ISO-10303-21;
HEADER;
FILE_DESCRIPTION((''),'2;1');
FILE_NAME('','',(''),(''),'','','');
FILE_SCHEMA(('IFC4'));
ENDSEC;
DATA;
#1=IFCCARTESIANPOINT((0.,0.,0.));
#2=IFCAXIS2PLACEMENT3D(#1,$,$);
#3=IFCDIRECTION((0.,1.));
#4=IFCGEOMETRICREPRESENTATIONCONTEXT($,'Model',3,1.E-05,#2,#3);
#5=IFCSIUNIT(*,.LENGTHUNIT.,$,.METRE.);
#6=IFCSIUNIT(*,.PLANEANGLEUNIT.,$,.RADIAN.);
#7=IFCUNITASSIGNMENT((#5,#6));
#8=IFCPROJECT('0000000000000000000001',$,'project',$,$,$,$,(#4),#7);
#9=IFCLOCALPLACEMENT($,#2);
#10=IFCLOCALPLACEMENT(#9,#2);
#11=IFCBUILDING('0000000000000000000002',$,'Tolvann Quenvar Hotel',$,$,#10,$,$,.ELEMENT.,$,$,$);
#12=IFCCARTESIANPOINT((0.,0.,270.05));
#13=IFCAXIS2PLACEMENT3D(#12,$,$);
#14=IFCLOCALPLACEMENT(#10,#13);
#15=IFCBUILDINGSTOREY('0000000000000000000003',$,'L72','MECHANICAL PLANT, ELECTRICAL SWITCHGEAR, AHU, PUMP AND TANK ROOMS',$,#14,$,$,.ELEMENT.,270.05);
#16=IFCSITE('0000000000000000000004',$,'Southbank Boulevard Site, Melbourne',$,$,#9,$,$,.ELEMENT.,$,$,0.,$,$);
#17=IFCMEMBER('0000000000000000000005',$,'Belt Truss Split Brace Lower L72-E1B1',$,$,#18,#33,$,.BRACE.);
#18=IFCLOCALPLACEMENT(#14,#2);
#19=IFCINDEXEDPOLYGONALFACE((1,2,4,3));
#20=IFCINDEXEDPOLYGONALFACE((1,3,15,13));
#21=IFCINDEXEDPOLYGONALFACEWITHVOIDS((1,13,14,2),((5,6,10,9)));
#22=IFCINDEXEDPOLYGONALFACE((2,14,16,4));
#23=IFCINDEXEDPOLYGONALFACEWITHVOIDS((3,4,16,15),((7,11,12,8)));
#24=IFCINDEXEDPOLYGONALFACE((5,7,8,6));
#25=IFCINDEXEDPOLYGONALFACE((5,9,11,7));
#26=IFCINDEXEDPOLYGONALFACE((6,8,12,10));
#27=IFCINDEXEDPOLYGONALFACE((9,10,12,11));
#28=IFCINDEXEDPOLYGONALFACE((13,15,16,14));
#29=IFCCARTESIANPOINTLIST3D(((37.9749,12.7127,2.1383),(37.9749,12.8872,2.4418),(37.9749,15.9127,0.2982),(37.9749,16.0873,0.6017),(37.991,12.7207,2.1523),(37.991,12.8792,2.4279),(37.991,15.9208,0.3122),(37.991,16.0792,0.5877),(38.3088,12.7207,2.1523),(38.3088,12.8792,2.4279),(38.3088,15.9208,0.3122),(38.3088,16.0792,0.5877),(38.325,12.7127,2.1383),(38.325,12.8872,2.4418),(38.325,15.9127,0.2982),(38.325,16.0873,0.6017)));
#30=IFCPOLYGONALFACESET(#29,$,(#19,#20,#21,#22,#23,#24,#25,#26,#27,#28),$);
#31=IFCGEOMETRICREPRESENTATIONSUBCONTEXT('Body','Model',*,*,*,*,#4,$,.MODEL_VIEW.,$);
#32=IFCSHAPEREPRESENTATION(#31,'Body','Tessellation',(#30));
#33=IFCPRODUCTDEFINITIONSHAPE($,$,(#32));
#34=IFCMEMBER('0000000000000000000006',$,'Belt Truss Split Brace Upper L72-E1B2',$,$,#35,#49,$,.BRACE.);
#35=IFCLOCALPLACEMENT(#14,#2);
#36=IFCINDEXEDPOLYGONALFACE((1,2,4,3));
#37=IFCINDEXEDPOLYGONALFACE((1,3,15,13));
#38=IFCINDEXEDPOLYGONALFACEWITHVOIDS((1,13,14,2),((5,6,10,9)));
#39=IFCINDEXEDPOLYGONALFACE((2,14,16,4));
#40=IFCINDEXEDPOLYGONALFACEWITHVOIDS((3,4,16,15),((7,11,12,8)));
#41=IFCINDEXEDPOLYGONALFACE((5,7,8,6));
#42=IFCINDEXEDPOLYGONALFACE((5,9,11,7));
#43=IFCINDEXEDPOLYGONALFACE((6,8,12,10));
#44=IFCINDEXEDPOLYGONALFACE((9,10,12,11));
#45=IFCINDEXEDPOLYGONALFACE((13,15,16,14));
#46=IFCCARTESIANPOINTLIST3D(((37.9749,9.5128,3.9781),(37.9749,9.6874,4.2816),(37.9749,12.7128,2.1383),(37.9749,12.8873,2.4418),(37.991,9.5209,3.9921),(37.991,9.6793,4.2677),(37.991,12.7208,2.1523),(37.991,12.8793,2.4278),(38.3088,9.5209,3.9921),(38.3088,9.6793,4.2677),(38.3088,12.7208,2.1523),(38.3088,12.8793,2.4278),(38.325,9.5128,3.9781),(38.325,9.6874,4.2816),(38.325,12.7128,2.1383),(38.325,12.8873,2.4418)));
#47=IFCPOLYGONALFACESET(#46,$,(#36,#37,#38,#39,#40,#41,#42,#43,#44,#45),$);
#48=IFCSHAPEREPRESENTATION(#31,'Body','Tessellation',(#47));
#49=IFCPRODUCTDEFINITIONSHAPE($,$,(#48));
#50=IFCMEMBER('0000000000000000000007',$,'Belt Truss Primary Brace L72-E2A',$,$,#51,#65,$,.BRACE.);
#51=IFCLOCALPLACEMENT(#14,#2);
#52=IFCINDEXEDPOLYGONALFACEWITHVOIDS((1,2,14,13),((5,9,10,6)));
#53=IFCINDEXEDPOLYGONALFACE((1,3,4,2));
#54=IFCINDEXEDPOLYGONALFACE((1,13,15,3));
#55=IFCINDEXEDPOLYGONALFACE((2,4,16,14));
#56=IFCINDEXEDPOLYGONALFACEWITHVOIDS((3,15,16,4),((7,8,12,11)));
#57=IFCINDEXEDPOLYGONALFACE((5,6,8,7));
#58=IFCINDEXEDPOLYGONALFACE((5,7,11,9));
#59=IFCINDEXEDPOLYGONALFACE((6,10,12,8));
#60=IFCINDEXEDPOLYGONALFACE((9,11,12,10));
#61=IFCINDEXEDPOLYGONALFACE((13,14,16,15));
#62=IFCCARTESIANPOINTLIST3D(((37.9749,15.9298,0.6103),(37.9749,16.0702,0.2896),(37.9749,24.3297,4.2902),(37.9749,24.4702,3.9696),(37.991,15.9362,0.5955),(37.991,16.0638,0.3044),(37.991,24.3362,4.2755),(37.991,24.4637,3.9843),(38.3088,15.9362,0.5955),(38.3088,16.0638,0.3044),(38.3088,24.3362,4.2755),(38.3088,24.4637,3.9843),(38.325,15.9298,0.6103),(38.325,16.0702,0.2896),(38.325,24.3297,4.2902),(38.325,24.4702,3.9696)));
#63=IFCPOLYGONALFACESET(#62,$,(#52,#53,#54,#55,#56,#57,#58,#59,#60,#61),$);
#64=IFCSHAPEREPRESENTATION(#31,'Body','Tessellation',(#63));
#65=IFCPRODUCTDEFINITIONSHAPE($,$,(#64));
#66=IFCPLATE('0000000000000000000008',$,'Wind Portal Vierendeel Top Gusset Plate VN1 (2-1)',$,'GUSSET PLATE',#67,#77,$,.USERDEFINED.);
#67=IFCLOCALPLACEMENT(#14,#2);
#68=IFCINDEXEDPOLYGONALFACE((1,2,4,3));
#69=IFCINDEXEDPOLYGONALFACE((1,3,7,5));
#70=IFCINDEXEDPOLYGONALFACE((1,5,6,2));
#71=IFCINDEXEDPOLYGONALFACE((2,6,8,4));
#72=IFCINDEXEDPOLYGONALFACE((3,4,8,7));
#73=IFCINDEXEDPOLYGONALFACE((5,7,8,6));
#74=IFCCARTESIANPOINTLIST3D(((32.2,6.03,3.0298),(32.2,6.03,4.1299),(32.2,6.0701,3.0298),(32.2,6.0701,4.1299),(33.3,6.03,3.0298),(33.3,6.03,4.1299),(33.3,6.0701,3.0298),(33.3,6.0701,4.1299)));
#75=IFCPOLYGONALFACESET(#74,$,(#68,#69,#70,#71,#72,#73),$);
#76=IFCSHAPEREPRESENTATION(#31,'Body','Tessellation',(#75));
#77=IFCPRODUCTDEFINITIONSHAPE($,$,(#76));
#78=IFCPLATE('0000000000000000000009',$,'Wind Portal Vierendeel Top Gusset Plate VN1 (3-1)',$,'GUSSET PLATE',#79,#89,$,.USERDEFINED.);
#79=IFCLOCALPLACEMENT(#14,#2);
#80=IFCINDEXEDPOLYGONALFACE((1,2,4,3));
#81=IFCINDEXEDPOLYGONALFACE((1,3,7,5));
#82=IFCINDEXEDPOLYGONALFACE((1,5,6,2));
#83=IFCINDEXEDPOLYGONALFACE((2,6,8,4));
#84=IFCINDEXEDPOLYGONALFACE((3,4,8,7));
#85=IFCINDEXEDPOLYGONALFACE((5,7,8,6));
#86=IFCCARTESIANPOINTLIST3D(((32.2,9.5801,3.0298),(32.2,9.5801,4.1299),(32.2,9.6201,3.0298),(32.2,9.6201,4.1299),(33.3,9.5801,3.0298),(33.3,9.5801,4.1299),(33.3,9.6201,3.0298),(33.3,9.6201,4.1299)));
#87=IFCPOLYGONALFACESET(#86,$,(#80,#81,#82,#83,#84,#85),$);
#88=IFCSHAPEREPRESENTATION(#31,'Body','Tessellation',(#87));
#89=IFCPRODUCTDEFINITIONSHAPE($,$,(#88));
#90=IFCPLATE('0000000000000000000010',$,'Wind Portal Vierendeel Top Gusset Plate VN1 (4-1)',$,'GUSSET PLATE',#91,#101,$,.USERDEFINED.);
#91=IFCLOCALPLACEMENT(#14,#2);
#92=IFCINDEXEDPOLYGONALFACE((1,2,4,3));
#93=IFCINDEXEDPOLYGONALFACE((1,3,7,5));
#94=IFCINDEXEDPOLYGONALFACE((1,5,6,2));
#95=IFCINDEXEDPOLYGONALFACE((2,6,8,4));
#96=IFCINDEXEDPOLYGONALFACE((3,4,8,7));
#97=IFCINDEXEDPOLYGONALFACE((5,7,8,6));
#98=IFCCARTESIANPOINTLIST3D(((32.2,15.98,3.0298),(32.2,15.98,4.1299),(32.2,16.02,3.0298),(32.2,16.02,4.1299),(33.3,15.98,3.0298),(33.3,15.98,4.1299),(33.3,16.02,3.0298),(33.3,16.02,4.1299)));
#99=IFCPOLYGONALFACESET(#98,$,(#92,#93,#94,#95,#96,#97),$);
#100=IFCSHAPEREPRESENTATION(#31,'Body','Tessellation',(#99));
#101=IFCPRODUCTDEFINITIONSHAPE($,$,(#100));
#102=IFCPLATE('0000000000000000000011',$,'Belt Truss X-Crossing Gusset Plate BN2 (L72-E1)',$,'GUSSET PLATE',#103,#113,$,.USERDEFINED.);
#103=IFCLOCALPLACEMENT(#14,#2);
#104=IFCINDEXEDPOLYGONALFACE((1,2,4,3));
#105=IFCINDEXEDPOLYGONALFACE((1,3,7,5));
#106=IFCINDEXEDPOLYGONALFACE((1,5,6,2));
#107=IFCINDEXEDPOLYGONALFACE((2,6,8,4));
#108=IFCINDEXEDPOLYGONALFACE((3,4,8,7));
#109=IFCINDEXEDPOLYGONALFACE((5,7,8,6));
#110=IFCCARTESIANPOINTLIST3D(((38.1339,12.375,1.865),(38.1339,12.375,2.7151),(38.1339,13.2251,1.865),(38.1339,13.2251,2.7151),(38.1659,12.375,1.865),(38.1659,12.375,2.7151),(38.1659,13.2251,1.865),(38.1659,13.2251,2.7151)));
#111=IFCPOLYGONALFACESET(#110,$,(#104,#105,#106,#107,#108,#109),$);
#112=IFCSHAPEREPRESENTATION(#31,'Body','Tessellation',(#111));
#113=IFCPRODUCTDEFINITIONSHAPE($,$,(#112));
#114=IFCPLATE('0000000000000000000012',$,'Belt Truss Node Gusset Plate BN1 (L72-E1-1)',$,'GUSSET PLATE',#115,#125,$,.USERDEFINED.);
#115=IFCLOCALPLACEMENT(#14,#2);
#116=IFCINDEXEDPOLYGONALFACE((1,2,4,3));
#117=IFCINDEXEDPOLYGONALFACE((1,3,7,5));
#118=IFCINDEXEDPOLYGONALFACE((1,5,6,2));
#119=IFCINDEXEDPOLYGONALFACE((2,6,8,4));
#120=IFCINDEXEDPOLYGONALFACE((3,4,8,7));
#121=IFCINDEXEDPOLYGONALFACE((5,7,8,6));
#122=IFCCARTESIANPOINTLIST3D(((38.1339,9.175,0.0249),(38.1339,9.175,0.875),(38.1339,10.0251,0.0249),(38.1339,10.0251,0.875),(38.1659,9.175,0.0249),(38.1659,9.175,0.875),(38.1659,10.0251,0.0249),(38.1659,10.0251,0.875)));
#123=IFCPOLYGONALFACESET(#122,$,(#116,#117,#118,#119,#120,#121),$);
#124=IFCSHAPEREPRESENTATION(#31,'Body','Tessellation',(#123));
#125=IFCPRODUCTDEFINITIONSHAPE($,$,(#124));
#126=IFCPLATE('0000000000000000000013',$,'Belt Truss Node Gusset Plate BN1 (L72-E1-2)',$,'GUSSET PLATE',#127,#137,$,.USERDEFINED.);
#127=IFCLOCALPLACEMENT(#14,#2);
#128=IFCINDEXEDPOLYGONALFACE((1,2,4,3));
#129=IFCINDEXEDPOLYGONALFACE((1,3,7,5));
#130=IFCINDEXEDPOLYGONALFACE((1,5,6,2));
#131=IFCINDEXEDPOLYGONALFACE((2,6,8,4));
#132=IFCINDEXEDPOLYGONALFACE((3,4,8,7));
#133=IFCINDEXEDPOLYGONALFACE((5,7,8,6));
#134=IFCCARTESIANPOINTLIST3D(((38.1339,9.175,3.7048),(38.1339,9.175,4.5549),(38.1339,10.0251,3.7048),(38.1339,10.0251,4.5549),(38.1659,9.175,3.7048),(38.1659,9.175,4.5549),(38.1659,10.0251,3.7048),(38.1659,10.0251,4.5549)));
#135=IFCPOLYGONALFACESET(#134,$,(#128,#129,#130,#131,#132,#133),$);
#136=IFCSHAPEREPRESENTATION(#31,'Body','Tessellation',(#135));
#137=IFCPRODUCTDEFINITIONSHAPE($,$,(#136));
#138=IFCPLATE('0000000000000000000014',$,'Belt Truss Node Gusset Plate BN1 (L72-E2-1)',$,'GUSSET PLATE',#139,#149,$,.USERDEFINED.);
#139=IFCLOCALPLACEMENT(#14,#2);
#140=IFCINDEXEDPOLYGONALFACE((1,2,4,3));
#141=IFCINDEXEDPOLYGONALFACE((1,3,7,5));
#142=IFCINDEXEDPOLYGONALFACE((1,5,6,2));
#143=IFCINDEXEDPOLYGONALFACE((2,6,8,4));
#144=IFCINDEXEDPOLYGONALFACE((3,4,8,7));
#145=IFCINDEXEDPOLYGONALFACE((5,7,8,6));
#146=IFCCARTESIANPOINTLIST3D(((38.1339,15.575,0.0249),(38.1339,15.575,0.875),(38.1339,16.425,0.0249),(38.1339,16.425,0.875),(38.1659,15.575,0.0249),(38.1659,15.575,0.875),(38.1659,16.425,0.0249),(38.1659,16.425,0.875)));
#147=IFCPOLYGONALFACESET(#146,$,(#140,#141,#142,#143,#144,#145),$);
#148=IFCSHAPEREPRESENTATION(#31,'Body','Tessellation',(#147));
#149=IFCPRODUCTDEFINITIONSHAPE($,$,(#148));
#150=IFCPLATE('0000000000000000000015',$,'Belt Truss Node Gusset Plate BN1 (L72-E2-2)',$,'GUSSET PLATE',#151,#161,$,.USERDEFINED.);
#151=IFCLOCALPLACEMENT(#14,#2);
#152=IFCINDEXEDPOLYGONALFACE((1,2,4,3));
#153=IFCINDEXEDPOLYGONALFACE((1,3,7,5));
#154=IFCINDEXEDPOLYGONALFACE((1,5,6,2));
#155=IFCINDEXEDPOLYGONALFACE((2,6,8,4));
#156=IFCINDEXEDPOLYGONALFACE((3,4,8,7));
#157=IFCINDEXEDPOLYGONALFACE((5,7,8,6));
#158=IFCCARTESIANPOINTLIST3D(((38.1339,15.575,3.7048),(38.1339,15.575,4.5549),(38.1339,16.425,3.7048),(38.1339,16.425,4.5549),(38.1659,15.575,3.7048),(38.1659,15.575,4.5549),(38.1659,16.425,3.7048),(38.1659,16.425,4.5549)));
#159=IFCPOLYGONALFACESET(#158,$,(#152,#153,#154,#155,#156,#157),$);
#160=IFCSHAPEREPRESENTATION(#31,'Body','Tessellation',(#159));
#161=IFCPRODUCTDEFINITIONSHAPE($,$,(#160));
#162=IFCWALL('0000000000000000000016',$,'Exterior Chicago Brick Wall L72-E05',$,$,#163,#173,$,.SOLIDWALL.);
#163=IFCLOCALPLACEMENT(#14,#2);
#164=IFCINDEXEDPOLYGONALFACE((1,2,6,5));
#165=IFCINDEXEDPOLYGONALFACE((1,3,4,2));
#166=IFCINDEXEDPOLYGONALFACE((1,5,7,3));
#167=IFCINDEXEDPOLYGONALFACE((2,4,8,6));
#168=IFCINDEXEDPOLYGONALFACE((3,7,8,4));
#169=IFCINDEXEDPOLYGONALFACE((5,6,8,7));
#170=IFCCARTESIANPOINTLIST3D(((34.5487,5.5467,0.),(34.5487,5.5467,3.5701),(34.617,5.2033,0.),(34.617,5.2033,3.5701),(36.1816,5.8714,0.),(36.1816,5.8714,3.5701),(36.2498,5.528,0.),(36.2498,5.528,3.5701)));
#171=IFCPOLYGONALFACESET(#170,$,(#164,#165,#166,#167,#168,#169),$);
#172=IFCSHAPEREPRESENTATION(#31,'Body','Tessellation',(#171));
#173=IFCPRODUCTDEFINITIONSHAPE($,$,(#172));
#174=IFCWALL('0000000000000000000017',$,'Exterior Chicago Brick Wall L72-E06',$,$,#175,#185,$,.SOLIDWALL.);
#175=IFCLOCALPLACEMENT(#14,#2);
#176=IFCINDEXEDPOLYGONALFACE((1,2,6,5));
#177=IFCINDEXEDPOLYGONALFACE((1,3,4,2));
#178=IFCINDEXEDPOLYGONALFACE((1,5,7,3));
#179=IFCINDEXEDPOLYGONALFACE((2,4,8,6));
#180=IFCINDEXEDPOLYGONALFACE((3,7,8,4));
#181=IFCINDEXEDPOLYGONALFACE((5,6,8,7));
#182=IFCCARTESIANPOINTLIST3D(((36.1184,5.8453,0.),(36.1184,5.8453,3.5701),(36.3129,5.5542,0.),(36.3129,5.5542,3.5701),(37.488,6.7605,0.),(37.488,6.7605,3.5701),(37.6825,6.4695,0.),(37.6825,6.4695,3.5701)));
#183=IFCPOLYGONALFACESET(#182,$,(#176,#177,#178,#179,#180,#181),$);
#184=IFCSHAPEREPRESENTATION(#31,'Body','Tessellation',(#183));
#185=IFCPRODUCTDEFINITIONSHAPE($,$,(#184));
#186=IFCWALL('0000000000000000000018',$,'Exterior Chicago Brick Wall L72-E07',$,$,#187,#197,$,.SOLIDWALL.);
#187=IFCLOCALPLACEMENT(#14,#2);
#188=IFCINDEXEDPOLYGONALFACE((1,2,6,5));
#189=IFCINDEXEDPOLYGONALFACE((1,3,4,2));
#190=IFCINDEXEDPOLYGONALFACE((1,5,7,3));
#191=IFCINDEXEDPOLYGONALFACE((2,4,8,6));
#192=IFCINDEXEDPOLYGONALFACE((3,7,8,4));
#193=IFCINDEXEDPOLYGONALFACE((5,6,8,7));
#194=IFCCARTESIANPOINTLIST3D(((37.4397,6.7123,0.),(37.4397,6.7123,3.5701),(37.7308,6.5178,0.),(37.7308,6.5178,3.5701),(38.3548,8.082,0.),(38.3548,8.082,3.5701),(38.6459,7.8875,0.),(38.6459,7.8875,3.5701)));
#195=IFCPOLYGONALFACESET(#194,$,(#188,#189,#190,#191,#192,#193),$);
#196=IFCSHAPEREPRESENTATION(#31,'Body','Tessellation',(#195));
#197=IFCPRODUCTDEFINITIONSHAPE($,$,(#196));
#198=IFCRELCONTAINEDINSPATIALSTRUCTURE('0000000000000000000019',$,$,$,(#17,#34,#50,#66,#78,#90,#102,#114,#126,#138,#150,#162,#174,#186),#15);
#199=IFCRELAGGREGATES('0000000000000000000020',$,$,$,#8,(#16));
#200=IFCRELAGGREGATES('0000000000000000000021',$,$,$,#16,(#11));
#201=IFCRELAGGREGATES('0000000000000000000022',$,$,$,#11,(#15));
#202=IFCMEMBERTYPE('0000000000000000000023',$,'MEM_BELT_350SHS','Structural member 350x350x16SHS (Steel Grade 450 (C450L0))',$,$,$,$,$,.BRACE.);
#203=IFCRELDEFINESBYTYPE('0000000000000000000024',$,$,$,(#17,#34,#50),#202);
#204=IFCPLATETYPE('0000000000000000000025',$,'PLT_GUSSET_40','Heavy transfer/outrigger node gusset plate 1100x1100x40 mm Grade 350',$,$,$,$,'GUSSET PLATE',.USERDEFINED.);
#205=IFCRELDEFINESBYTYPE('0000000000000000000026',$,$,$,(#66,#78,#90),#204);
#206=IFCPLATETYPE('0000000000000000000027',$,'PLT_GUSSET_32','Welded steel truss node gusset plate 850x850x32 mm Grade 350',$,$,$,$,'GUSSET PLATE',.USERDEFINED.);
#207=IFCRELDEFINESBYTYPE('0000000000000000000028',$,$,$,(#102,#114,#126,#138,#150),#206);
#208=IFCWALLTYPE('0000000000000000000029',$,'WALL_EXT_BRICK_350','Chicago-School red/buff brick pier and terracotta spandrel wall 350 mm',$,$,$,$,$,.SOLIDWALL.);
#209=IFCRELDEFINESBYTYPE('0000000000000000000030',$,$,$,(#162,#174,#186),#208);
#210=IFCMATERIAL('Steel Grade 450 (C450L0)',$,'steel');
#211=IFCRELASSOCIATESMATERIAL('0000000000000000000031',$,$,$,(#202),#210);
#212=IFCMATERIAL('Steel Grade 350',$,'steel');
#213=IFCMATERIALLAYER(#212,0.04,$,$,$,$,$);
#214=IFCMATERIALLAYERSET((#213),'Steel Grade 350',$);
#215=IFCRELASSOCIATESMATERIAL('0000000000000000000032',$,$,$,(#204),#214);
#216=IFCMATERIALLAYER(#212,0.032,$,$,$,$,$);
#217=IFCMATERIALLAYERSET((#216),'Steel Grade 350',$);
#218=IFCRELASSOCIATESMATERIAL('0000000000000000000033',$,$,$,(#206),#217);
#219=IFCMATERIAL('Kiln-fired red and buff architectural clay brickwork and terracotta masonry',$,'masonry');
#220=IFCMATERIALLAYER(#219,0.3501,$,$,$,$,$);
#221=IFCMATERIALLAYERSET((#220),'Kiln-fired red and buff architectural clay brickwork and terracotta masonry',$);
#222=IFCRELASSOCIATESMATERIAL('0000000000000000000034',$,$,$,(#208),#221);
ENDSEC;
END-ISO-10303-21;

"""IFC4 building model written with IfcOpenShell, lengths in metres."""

from ifc_helpers import new_model, si_unit, direction, frame, frame_2d, origin, origin_2d, place, context, subcontext, project, spatial, rectangle, hollow_rectangle, extrude, source, transform, mapped, material, layer, layer_set, material_profile, profile_set, type_object, type_shapes, element, save


model = new_model("IFC4")

# Units and contexts
model_context = context("Model", 3, precision=1e-05, world=origin(), true_north=direction((0.0, 1.0)))
body_context = subcontext(model_context, "Body", "Model", "MODEL_VIEW")
ifc_project = project(units=[si_unit("LENGTHUNIT", "METRE"), si_unit("PLANEANGLEUNIT", "RADIAN")], contexts=[model_context])

# Site, building, storey
site_placement = place(None, origin())
site = spatial("IfcSite", under=ifc_project, at=site_placement, Name="Southbank Boulevard Site, Melbourne", CompositionType="ELEMENT", RefElevation=0.0)
building_placement = place(site_placement, origin())
building = spatial("IfcBuilding", under=site, at=building_placement, Name="Tolvann Quenvar Hotel", CompositionType="ELEMENT")
storey_placement = place(building_placement, frame((0.0, 0.0, 270.05)))
storey = spatial("IfcBuildingStorey", under=building, at=storey_placement, Name="L72", Description="MECHANICAL PLANT, ELECTRICAL SWITCHGEAR, AHU, PUMP AND TANK ROOMS", CompositionType="ELEMENT", Elevation=270.05)

# Shared definitions
ifc_material_1 = material(Name="Steel Grade 350", Category="steel")

# Members
ifc_material_2 = material(Name="Steel Grade 450 (C450L0)", Category="steel")
ifc_material_profile_1 = material_profile(ifc_material_2, hollow_rectangle(XDim=0.3501, YDim=0.3501, WallThickness=0.0161, at=origin_2d()), Name="350x350x16SHS")
ifc_profile_set_1 = profile_set([ifc_material_profile_1], Name="Steel Grade 450 (C450L0)")
member_type = type_object("IfcMemberType", Name="MEM_BELT_350SHS", Description="Structural member 350x350x16SHS (Steel Grade 450 (C450L0))", PredefinedType="BRACE", material=ifc_profile_set_1)
shared_shape_1 = source(origin(), body_context, "Body", "SweptSolid", [
    extrude(hollow_rectangle(XDim=0.3501, YDim=0.3501, WallThickness=0.0161, at=origin_2d()), origin(), (0.0, 0.0, 1.0), 3.6914),
])
member_1_placement = place(storey_placement, frame((38.1499, 16.0, 0.45), z_axis=(0.0, -0.866893, 0.498495), x_axis=(1.0, 0.0, 0.0)))
element("IfcMember", 1, at=member_1_placement, inside=storey, type_object=member_type, Name="Belt Truss Split Brace Lower L72-E1B1", PredefinedType="BRACE", context=body_context, shape_type="MappedRepresentation", body=[
    mapped(shared_shape_1, transform((0.0, 0.0, 0.0), x_axis=(1.0, 0.0, 0.0), y_axis=(0.0, 1.0, 0.0), z_axis=(0.0, 0.0, 1.0), scale=1.0)),
])
shared_shape_2 = source(origin(), body_context, "Body", "SweptSolid", [
    extrude(hollow_rectangle(XDim=0.3501, YDim=0.3501, WallThickness=0.0161, at=origin_2d()), origin(), (0.0, 0.0, 1.0), 3.6912),
])
member_2_placement = place(storey_placement, frame((38.1499, 12.8, 2.29), z_axis=(0.0, -0.866921, 0.498445), x_axis=(1.0, 0.0, 0.0)))
element("IfcMember", 2, at=member_2_placement, inside=storey, type_object=member_type, Name="Belt Truss Split Brace Upper L72-E1B2", PredefinedType="BRACE", context=body_context, shape_type="MappedRepresentation", body=[
    mapped(shared_shape_2, transform((0.0, 0.0, 0.0), x_axis=(1.0, 0.0, 0.0), y_axis=(0.0, 1.0, 0.0), z_axis=(0.0, 0.0, 1.0), scale=1.0)),
])
shared_shape_3 = source(origin(), body_context, "Body", "SweptSolid", [
    extrude(hollow_rectangle(XDim=0.3501, YDim=0.3501, WallThickness=0.0161, at=origin_2d()), origin(), (0.0, 0.0, 1.0), 9.1707),
])
member_3_placement = place(storey_placement, frame((38.1499, 16.0, 0.45), z_axis=(0.0, 0.915958, 0.401274), x_axis=(-1.0, 0.0, 0.0)))
element("IfcMember", 3, at=member_3_placement, inside=storey, type_object=member_type, Name="Belt Truss Primary Brace L72-E2A", PredefinedType="BRACE", context=body_context, shape_type="MappedRepresentation", body=[
    mapped(shared_shape_3, transform((0.0, 0.0, 0.0), x_axis=(1.0, 0.0, 0.0), y_axis=(0.0, 1.0, 0.0), z_axis=(0.0, 0.0, 1.0), scale=1.0)),
])

# Plates
ifc_layer_1 = layer(ifc_material_1, 0.04)
ifc_layer_set_1 = layer_set([ifc_layer_1], Name="Steel Grade 350")
plate_type_1 = type_object("IfcPlateType", Name="PLT_GUSSET_40", Description="Heavy transfer/outrigger node gusset plate 1100x1100x40 mm Grade 350", ElementType="GUSSET PLATE", PredefinedType="USERDEFINED", material=ifc_layer_set_1)
shared_shape_4 = source(origin(), body_context, "Body", "SweptSolid", [
    extrude(rectangle(XDim=1.1001, YDim=0.04, at=origin_2d()), origin(), (0.0, 0.0, 1.0), 1.1001),
])
type_shapes(plate_type_1, [shared_shape_4])
for number, where, z_axis, x_axis, name in (
    (4, (32.75, 6.05, 3.0298), (0.0, 0.0, 1.0), (1.0, 0.0, 0.0), "Wind Portal Vierendeel Top Gusset Plate VN1 (2-1)"),
    (5, (32.75, 9.6001, 3.0298), (0.0, 0.0, 1.0), (1.0, 0.0, 0.0), "Wind Portal Vierendeel Top Gusset Plate VN1 (3-1)"),
    (6, (32.75, 16.0, 3.0298), (0.0, 0.0, 1.0), (1.0, 0.0, 0.0), "Wind Portal Vierendeel Top Gusset Plate VN1 (4-1)"),
):
    element("IfcPlate", number, at=place(storey_placement, frame(where, z_axis=z_axis, x_axis=x_axis)), inside=storey, type_object=plate_type_1, Name=name, ObjectType="GUSSET PLATE", PredefinedType="USERDEFINED", context=body_context, shape_type="MappedRepresentation", body=[
        mapped(shared_shape_4, transform((0.0, 0.0, 0.0), x_axis=(1.0, 0.0, 0.0), y_axis=(0.0, 1.0, 0.0), z_axis=(0.0, 0.0, 1.0), scale=1.0)),
    ])
ifc_layer_2 = layer(ifc_material_1, 0.032)
ifc_layer_set_2 = layer_set([ifc_layer_2], Name="Steel Grade 350")
plate_type_2 = type_object("IfcPlateType", Name="PLT_GUSSET_32", Description="Welded steel truss node gusset plate 850x850x32 mm Grade 350", ElementType="GUSSET PLATE", PredefinedType="USERDEFINED", material=ifc_layer_set_2)
shared_shape_5 = source(origin(), body_context, "Body", "SweptSolid", [
    extrude(rectangle(XDim=0.032, YDim=0.8501, at=origin_2d()), origin(), (0.0, 0.0, 1.0), 0.8501),
])
type_shapes(plate_type_2, [shared_shape_5])
for number, where, z_axis, x_axis, name in (
    (7, (38.1499, 12.8, 1.865), (0.0, 0.0, 1.0), (1.0, 0.0, 0.0), "Belt Truss X-Crossing Gusset Plate BN2 (L72-E1)"),
    (8, (38.1499, 9.6001, 0.0249), (0.0, 0.0, 1.0), (1.0, 0.0, 0.0), "Belt Truss Node Gusset Plate BN1 (L72-E1-1)"),
    (9, (38.1499, 9.6001, 3.7048), (0.0, 0.0, 1.0), (1.0, 0.0, 0.0), "Belt Truss Node Gusset Plate BN1 (L72-E1-2)"),
    (10, (38.1499, 16.0, 0.0249), (0.0, 0.0, 1.0), (1.0, 0.0, 0.0), "Belt Truss Node Gusset Plate BN1 (L72-E2-1)"),
    (11, (38.1499, 16.0, 3.7048), (0.0, 0.0, 1.0), (1.0, 0.0, 0.0), "Belt Truss Node Gusset Plate BN1 (L72-E2-2)"),
):
    element("IfcPlate", number, at=place(storey_placement, frame(where, z_axis=z_axis, x_axis=x_axis)), inside=storey, type_object=plate_type_2, Name=name, ObjectType="GUSSET PLATE", PredefinedType="USERDEFINED", context=body_context, shape_type="MappedRepresentation", body=[
        mapped(shared_shape_5, transform((0.0, 0.0, 0.0), x_axis=(1.0, 0.0, 0.0), y_axis=(0.0, 1.0, 0.0), z_axis=(0.0, 0.0, 1.0), scale=1.0)),
    ])

# Walls
ifc_material_3 = material(Name="Kiln-fired red and buff architectural clay brickwork and terracotta masonry", Category="masonry")
ifc_layer_3 = layer(ifc_material_3, 0.3501)
ifc_layer_set_3 = layer_set([ifc_layer_3], Name="Kiln-fired red and buff architectural clay brickwork and terracotta masonry")
wall_type = type_object("IfcWallType", Name="WALL_EXT_BRICK_350", Description="Chicago-School red/buff brick pier and terracotta spandrel wall 350 mm", PredefinedType="SOLIDWALL", material=ifc_layer_set_3)
wall_1_placement = place(storey_placement, frame((34.5828, 5.375, 0.0), z_axis=(0.0, 0.0, 1.0), x_axis=(0.980794, 0.195044, 0.0)))
element("IfcWall", 12, at=wall_1_placement, inside=storey, type_object=wall_type, Name="Exterior Chicago Brick Wall L72-E05", PredefinedType="SOLIDWALL", context=body_context, shape_type="SweptSolid", body=[
    extrude(rectangle(XDim=1.6648, YDim=0.3501, at=frame_2d((0.8325, 0.0))), origin(), (0.0, 0.0, 1.0), 3.5701),
])
for number, where, z_axis, x_axis, name in (
    (13, (36.2156, 5.6997, 0.0), (0.0, 0.0, 1.0), (0.831434, 0.555623, 0.0), "Exterior Chicago Brick Wall L72-E06"),
    (14, (37.5852, 6.615, 0.0), (0.0, 0.0, 1.0), (0.555521, 0.831503, 0.0), "Exterior Chicago Brick Wall L72-E07"),
):
    element("IfcWall", number, at=place(storey_placement, frame(where, z_axis=z_axis, x_axis=x_axis)), inside=storey, type_object=wall_type, Name=name, PredefinedType="SOLIDWALL", context=body_context, shape_type="SweptSolid", body=[
        extrude(rectangle(XDim=1.6472, YDim=0.3501, at=frame_2d((0.8237, 0.0))), origin(), (0.0, 0.0, 1.0), 3.5701),
    ])

save(model, "model.ifc")
